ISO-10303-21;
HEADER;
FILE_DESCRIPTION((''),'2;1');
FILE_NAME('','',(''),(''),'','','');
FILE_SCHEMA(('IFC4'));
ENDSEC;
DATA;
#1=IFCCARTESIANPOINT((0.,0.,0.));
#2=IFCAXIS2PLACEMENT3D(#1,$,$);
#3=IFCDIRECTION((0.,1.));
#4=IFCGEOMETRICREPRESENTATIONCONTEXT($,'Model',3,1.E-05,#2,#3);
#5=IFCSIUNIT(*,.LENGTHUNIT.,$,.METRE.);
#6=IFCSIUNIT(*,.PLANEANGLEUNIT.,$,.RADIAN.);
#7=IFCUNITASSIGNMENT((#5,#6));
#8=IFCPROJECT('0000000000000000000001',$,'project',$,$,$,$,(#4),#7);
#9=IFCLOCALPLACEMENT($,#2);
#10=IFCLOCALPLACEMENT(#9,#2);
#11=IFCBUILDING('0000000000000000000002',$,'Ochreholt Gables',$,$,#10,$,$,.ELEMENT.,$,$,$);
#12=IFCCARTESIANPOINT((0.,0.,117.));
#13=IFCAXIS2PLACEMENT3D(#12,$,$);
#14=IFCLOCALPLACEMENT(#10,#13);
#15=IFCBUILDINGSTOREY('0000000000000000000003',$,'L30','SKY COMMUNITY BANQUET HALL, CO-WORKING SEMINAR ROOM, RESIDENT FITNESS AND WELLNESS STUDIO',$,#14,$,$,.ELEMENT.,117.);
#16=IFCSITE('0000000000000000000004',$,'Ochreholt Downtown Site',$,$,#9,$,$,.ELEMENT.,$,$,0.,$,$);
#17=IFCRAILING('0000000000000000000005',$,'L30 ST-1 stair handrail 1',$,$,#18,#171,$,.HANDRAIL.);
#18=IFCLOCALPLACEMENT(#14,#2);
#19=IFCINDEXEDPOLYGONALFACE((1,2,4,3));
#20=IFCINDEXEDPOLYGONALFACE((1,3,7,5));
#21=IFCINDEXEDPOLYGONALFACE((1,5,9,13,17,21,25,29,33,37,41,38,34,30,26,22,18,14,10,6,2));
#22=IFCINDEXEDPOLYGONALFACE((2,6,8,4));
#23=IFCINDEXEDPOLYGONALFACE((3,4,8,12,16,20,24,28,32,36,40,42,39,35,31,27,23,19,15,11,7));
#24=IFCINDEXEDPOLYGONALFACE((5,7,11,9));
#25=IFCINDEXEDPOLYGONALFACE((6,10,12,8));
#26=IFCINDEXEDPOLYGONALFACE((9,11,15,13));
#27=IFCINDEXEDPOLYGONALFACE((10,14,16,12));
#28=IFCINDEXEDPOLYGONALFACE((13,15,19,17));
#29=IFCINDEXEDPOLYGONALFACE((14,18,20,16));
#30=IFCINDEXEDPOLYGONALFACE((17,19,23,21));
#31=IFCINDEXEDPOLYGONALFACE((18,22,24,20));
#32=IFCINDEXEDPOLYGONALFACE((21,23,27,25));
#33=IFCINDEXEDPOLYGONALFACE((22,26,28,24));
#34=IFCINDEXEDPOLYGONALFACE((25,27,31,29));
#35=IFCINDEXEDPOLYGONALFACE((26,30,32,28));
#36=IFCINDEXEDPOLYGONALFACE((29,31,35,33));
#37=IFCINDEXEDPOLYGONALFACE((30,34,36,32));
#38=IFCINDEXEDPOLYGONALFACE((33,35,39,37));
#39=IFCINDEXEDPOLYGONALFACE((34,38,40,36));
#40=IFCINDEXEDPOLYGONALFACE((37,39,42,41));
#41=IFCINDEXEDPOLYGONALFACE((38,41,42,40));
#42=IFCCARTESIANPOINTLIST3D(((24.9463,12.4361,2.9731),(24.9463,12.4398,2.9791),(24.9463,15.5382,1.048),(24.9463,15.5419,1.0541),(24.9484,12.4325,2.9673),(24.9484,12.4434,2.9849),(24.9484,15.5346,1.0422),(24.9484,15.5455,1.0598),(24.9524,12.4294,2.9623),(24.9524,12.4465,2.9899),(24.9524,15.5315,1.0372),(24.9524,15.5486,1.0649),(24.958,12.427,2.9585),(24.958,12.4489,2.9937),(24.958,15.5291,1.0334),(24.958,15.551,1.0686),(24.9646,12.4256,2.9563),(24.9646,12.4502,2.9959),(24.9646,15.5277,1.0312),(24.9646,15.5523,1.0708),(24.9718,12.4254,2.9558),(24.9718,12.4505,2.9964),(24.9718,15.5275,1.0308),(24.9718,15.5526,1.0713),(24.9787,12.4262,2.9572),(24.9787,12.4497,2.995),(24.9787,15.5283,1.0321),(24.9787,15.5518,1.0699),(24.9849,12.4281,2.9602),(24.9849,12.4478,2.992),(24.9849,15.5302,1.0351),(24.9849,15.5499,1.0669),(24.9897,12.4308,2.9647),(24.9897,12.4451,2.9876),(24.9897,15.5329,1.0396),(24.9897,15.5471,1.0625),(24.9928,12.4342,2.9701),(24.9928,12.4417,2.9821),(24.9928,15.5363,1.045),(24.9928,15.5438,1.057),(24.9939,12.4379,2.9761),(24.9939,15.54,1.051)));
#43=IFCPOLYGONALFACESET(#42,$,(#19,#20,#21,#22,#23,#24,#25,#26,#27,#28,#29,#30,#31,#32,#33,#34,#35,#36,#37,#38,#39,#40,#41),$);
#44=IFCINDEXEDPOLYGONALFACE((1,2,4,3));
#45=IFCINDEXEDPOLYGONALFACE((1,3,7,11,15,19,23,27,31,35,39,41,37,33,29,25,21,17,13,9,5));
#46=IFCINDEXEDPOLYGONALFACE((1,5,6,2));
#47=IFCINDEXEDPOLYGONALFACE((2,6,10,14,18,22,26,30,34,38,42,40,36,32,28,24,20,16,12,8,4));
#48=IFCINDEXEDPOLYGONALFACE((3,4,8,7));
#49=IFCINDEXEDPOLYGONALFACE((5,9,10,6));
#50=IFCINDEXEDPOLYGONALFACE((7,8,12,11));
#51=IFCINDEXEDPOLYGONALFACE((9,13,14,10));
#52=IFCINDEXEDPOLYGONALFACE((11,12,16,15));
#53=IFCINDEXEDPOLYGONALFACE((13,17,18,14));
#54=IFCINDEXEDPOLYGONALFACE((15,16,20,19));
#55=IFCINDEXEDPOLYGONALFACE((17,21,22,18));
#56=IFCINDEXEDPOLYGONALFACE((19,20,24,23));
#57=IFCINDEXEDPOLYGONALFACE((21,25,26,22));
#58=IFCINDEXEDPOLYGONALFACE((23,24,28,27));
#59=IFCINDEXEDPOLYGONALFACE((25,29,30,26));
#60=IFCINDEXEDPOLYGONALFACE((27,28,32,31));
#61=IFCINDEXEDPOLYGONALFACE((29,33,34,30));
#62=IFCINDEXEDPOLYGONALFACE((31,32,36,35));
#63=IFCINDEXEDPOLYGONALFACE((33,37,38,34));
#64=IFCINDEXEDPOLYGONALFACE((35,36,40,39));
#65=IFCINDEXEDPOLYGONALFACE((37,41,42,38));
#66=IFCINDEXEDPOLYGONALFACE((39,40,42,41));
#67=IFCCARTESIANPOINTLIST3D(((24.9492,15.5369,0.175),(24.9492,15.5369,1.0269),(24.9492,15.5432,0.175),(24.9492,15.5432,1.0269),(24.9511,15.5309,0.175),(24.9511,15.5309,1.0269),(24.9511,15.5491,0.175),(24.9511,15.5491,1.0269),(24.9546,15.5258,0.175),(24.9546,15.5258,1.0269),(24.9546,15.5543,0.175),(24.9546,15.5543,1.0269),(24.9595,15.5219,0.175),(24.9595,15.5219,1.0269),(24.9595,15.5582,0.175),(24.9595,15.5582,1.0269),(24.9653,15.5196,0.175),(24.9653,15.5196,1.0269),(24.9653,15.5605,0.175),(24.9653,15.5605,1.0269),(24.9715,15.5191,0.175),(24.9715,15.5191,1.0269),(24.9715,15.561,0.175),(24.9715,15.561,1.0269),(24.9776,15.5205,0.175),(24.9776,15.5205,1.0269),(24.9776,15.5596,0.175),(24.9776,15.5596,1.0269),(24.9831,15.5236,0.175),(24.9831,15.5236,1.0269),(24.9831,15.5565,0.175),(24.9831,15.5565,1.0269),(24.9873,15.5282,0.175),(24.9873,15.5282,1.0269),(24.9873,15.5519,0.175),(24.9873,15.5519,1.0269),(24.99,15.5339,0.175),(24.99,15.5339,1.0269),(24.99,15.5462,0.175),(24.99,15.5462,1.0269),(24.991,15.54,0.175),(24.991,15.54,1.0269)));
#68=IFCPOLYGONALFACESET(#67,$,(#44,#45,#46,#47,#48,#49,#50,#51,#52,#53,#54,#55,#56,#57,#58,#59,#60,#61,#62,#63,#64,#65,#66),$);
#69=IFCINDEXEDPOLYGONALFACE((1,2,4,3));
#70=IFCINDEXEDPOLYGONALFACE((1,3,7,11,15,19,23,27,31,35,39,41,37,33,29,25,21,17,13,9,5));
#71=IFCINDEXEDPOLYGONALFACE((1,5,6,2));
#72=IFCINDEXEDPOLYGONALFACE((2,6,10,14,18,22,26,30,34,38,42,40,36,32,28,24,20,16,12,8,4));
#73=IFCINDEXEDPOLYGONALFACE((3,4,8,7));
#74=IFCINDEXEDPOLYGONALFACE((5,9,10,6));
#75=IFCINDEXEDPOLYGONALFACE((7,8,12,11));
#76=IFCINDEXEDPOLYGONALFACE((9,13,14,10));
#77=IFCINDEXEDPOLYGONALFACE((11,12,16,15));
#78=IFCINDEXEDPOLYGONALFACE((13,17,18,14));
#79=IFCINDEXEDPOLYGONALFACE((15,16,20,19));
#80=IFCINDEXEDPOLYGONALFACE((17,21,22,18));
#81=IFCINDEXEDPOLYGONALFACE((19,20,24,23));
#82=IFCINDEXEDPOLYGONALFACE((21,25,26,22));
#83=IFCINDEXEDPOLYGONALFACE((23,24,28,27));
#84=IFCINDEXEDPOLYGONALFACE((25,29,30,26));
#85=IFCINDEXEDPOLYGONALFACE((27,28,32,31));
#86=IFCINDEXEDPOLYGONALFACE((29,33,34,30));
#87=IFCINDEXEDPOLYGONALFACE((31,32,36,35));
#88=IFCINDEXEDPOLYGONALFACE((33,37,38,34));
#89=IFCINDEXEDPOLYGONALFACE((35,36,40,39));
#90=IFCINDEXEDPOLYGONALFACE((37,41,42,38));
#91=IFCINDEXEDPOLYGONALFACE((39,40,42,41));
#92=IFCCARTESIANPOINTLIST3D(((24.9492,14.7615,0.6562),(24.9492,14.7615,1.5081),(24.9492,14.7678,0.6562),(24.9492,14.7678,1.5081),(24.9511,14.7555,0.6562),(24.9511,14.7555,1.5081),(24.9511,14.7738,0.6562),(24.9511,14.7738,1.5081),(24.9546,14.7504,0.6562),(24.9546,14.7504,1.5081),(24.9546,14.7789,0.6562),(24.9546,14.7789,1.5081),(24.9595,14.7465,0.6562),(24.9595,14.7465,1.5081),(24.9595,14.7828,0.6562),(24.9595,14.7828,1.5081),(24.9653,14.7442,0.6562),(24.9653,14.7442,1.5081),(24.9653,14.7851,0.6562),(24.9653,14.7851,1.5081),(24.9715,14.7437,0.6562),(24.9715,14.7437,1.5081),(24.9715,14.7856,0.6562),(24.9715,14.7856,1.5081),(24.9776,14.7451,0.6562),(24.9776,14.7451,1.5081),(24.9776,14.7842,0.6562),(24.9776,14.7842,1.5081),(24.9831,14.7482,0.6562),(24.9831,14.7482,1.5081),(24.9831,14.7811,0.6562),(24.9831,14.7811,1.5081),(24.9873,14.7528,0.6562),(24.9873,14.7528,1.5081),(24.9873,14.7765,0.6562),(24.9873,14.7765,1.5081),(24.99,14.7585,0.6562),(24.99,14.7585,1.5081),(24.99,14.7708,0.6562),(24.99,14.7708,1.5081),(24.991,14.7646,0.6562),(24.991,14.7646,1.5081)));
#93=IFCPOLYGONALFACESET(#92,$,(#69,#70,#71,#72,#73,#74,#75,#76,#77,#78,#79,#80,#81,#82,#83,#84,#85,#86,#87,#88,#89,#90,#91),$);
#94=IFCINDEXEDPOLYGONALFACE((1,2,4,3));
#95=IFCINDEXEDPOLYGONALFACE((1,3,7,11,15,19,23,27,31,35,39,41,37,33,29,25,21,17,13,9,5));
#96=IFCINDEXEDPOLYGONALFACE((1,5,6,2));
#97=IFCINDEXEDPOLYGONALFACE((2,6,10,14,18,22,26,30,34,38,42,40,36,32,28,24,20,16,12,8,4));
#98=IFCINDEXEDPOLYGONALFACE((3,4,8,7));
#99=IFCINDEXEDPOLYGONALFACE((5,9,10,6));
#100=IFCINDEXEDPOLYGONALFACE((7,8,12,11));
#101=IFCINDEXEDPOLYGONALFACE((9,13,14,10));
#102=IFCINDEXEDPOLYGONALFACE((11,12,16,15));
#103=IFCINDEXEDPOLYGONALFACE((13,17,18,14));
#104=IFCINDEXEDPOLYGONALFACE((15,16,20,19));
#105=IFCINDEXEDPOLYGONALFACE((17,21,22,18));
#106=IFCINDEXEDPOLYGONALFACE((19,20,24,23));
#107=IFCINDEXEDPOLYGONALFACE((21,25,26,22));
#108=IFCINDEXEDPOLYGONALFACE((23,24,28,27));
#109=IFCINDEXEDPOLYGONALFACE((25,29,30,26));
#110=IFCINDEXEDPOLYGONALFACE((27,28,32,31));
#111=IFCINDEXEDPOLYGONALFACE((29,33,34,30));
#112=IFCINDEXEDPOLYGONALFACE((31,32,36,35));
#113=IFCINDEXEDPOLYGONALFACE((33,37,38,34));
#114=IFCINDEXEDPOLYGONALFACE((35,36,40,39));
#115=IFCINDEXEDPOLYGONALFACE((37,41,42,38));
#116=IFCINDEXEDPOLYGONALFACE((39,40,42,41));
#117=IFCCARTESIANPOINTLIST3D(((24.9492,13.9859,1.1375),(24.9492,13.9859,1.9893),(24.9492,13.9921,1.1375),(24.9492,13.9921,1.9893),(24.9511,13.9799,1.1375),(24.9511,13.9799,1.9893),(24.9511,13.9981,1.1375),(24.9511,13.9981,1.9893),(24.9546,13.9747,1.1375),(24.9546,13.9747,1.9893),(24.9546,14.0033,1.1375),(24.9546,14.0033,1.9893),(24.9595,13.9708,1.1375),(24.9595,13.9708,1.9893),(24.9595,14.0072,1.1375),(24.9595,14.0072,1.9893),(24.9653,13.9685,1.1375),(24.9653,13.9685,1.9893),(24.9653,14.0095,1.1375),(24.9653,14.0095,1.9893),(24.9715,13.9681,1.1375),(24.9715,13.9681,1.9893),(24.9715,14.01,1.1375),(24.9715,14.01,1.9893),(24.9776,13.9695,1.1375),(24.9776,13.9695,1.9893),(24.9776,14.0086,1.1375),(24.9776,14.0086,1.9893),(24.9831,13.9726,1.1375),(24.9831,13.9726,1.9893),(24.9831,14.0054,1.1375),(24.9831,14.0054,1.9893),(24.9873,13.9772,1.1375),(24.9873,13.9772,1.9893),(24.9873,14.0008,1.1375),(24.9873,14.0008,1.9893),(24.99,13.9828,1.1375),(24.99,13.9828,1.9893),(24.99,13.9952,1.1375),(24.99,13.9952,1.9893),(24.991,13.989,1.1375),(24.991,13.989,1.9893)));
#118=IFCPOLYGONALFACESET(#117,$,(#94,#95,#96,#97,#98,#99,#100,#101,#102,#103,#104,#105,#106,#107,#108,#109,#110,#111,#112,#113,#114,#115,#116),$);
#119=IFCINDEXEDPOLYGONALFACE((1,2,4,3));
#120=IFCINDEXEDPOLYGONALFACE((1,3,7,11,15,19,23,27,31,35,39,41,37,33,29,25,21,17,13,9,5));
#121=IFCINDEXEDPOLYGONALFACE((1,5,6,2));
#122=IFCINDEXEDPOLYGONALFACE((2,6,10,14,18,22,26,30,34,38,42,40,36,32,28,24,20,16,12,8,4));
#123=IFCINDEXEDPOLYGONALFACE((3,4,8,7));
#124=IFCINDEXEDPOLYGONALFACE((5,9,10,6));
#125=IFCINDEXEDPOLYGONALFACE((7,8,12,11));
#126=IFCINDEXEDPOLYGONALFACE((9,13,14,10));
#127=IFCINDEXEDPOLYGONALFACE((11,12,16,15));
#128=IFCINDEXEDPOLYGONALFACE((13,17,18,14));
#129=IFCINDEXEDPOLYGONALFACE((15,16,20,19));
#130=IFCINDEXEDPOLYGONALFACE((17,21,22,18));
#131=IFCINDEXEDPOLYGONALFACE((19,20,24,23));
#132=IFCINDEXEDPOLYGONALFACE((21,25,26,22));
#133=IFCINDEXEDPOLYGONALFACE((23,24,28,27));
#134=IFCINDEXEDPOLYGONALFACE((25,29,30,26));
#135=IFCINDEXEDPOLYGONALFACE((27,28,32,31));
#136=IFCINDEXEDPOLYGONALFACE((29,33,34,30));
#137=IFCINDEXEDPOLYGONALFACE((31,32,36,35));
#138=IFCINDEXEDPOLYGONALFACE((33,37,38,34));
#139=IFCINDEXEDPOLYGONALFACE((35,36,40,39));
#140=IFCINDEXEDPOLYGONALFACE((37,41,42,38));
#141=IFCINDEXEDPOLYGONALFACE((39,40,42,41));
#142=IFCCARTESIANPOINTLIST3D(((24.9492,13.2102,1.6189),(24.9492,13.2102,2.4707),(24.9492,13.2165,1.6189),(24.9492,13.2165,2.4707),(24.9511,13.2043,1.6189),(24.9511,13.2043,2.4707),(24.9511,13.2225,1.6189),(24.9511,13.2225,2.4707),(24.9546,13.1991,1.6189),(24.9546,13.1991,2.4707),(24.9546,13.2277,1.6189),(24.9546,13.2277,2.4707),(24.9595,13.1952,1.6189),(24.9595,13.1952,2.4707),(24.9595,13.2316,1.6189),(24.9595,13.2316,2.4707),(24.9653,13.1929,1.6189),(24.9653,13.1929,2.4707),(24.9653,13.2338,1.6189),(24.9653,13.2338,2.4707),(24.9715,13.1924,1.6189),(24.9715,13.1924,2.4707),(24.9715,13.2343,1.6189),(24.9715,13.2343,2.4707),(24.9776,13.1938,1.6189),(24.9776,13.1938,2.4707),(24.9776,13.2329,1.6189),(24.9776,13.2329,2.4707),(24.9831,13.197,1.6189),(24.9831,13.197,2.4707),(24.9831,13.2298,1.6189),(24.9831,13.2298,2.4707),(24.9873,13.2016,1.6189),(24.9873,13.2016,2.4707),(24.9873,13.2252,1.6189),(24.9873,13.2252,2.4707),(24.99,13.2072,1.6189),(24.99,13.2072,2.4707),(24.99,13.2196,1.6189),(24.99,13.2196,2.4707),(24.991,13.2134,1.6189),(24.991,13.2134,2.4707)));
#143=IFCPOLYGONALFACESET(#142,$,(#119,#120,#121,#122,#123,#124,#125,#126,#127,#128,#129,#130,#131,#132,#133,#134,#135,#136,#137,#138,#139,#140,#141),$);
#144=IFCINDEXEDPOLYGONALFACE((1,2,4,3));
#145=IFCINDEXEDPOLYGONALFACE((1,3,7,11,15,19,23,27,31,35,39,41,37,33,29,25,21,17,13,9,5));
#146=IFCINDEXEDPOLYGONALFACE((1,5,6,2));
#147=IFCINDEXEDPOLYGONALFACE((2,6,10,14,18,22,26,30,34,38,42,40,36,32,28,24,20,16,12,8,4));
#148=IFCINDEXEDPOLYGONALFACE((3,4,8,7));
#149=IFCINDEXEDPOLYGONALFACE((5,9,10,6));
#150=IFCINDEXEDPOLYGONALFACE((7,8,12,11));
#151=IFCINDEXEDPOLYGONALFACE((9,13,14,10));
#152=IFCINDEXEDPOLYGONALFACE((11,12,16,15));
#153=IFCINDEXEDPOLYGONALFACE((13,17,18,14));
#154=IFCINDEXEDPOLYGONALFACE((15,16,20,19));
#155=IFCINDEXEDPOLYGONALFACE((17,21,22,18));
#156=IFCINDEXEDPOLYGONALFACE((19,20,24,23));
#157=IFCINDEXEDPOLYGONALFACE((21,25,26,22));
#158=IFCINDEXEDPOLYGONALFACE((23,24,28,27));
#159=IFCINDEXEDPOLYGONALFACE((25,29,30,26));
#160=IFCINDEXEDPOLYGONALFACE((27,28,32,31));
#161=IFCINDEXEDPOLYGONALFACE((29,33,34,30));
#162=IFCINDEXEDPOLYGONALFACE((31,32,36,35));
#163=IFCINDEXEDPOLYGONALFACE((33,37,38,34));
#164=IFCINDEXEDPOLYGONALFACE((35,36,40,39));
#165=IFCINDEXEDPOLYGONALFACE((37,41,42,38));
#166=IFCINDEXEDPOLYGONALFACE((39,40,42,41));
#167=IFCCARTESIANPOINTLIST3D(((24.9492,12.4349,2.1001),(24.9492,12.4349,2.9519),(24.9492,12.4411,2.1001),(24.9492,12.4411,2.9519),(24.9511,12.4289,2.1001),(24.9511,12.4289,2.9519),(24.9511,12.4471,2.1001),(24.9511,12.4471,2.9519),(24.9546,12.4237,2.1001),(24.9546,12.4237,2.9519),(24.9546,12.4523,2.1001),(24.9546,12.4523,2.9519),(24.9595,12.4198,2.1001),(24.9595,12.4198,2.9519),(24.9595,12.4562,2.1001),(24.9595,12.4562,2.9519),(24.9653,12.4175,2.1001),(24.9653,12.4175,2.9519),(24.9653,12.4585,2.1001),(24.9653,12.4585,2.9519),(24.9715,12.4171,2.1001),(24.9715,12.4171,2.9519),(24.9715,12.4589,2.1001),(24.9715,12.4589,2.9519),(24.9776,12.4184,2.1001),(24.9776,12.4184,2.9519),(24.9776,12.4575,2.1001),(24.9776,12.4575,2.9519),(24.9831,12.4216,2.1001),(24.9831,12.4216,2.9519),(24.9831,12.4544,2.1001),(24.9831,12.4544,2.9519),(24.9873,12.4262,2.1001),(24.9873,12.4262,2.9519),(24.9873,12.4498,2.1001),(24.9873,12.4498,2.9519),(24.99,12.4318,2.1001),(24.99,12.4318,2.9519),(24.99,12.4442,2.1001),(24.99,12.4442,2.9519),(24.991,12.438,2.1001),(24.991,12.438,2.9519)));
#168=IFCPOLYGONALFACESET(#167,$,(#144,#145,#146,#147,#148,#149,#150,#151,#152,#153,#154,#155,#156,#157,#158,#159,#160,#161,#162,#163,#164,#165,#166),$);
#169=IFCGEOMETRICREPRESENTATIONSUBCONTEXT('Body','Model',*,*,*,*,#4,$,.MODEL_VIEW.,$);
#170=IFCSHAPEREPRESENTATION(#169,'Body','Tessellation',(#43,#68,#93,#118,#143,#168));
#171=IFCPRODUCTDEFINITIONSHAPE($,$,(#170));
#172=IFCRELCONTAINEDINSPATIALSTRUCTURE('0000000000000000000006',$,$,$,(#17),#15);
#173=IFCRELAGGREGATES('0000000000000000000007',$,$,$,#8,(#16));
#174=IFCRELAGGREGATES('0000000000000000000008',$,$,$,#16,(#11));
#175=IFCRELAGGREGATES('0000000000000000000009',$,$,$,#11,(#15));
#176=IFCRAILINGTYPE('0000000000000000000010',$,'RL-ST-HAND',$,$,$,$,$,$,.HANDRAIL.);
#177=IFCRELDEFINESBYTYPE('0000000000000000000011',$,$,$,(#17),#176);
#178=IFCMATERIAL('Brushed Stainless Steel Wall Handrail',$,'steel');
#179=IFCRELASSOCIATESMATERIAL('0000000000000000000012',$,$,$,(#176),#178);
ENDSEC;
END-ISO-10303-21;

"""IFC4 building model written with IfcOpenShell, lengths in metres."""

from ifc_helpers import new_model, si_unit, direction, frame, origin, origin_2d, place, context, subcontext, project, spatial, circle, extrude, material, type_object, element, save


model = new_model("IFC4")

# Units and contexts
model_context = context("Model", 3, precision=1e-05, world=origin(), true_north=direction((0.0, 1.0)))
body_context = subcontext(model_context, "Body", "Model", "MODEL_VIEW")
ifc_project = project(units=[si_unit("LENGTHUNIT", "METRE"), si_unit("PLANEANGLEUNIT", "RADIAN")], contexts=[model_context])

# Site, building, storey
site_placement = place(None, origin())
site = spatial("IfcSite", under=ifc_project, at=site_placement, Name="Ochreholt Downtown Site", CompositionType="ELEMENT", RefElevation=0.0)
building_placement = place(site_placement, origin())
building = spatial("IfcBuilding", under=site, at=building_placement, Name="Ochreholt Gables", CompositionType="ELEMENT")
storey_placement = place(building_placement, frame((0.0, 0.0, 117.0)))
storey = spatial("IfcBuildingStorey", under=building, at=storey_placement, Name="L30", Description="SKY COMMUNITY BANQUET HALL, CO-WORKING SEMINAR ROOM, RESIDENT FITNESS AND WELLNESS STUDIO", CompositionType="ELEMENT", Elevation=117.0)

# Railing
ifc_material_1 = material(Name="Brushed Stainless Steel Wall Handrail", Category="steel")
railing_type_1 = type_object("IfcRailingType", Name="RL-ST-HAND", PredefinedType="HANDRAIL", material=ifc_material_1)
railing_1_placement = place(storey_placement, frame((24.97, 15.54, 0.175)))
element("IfcRailing", 1, at=railing_1_placement, inside=storey, type_object=railing_type_1, Name="L30 ST-1 stair handrail 1", PredefinedType="HANDRAIL", context=body_context, shape_type="SweptSolid", body=[
    extrude(circle(Radius=0.0239, at=origin_2d()), frame((0.0, 0.0, 0.876), z_axis=(0.0, -0.849685, 0.527291), x_axis=(1.0, 0.0, 0.0)), (0.0, 0.0, 1.0), 3.6509),
    extrude(circle(Radius=0.021, at=origin_2d()), origin(), (0.0, 0.0, 1.0), 0.8518),
    extrude(circle(Radius=0.021, at=origin_2d()), frame((0.0, -0.7754, 0.4812)), (0.0, 0.0, 1.0), 0.8518),
    extrude(circle(Radius=0.021, at=origin_2d()), frame((0.0, -1.551, 0.9624)), (0.0, 0.0, 1.0), 0.8518),
    extrude(circle(Radius=0.021, at=origin_2d()), frame((0.0, -2.3267, 1.4438)), (0.0, 0.0, 1.0), 0.8518),
    extrude(circle(Radius=0.021, at=origin_2d()), frame((0.0, -3.1021, 1.925)), (0.0, 0.0, 1.0), 0.8518),
])

save(model, "model.ifc")
